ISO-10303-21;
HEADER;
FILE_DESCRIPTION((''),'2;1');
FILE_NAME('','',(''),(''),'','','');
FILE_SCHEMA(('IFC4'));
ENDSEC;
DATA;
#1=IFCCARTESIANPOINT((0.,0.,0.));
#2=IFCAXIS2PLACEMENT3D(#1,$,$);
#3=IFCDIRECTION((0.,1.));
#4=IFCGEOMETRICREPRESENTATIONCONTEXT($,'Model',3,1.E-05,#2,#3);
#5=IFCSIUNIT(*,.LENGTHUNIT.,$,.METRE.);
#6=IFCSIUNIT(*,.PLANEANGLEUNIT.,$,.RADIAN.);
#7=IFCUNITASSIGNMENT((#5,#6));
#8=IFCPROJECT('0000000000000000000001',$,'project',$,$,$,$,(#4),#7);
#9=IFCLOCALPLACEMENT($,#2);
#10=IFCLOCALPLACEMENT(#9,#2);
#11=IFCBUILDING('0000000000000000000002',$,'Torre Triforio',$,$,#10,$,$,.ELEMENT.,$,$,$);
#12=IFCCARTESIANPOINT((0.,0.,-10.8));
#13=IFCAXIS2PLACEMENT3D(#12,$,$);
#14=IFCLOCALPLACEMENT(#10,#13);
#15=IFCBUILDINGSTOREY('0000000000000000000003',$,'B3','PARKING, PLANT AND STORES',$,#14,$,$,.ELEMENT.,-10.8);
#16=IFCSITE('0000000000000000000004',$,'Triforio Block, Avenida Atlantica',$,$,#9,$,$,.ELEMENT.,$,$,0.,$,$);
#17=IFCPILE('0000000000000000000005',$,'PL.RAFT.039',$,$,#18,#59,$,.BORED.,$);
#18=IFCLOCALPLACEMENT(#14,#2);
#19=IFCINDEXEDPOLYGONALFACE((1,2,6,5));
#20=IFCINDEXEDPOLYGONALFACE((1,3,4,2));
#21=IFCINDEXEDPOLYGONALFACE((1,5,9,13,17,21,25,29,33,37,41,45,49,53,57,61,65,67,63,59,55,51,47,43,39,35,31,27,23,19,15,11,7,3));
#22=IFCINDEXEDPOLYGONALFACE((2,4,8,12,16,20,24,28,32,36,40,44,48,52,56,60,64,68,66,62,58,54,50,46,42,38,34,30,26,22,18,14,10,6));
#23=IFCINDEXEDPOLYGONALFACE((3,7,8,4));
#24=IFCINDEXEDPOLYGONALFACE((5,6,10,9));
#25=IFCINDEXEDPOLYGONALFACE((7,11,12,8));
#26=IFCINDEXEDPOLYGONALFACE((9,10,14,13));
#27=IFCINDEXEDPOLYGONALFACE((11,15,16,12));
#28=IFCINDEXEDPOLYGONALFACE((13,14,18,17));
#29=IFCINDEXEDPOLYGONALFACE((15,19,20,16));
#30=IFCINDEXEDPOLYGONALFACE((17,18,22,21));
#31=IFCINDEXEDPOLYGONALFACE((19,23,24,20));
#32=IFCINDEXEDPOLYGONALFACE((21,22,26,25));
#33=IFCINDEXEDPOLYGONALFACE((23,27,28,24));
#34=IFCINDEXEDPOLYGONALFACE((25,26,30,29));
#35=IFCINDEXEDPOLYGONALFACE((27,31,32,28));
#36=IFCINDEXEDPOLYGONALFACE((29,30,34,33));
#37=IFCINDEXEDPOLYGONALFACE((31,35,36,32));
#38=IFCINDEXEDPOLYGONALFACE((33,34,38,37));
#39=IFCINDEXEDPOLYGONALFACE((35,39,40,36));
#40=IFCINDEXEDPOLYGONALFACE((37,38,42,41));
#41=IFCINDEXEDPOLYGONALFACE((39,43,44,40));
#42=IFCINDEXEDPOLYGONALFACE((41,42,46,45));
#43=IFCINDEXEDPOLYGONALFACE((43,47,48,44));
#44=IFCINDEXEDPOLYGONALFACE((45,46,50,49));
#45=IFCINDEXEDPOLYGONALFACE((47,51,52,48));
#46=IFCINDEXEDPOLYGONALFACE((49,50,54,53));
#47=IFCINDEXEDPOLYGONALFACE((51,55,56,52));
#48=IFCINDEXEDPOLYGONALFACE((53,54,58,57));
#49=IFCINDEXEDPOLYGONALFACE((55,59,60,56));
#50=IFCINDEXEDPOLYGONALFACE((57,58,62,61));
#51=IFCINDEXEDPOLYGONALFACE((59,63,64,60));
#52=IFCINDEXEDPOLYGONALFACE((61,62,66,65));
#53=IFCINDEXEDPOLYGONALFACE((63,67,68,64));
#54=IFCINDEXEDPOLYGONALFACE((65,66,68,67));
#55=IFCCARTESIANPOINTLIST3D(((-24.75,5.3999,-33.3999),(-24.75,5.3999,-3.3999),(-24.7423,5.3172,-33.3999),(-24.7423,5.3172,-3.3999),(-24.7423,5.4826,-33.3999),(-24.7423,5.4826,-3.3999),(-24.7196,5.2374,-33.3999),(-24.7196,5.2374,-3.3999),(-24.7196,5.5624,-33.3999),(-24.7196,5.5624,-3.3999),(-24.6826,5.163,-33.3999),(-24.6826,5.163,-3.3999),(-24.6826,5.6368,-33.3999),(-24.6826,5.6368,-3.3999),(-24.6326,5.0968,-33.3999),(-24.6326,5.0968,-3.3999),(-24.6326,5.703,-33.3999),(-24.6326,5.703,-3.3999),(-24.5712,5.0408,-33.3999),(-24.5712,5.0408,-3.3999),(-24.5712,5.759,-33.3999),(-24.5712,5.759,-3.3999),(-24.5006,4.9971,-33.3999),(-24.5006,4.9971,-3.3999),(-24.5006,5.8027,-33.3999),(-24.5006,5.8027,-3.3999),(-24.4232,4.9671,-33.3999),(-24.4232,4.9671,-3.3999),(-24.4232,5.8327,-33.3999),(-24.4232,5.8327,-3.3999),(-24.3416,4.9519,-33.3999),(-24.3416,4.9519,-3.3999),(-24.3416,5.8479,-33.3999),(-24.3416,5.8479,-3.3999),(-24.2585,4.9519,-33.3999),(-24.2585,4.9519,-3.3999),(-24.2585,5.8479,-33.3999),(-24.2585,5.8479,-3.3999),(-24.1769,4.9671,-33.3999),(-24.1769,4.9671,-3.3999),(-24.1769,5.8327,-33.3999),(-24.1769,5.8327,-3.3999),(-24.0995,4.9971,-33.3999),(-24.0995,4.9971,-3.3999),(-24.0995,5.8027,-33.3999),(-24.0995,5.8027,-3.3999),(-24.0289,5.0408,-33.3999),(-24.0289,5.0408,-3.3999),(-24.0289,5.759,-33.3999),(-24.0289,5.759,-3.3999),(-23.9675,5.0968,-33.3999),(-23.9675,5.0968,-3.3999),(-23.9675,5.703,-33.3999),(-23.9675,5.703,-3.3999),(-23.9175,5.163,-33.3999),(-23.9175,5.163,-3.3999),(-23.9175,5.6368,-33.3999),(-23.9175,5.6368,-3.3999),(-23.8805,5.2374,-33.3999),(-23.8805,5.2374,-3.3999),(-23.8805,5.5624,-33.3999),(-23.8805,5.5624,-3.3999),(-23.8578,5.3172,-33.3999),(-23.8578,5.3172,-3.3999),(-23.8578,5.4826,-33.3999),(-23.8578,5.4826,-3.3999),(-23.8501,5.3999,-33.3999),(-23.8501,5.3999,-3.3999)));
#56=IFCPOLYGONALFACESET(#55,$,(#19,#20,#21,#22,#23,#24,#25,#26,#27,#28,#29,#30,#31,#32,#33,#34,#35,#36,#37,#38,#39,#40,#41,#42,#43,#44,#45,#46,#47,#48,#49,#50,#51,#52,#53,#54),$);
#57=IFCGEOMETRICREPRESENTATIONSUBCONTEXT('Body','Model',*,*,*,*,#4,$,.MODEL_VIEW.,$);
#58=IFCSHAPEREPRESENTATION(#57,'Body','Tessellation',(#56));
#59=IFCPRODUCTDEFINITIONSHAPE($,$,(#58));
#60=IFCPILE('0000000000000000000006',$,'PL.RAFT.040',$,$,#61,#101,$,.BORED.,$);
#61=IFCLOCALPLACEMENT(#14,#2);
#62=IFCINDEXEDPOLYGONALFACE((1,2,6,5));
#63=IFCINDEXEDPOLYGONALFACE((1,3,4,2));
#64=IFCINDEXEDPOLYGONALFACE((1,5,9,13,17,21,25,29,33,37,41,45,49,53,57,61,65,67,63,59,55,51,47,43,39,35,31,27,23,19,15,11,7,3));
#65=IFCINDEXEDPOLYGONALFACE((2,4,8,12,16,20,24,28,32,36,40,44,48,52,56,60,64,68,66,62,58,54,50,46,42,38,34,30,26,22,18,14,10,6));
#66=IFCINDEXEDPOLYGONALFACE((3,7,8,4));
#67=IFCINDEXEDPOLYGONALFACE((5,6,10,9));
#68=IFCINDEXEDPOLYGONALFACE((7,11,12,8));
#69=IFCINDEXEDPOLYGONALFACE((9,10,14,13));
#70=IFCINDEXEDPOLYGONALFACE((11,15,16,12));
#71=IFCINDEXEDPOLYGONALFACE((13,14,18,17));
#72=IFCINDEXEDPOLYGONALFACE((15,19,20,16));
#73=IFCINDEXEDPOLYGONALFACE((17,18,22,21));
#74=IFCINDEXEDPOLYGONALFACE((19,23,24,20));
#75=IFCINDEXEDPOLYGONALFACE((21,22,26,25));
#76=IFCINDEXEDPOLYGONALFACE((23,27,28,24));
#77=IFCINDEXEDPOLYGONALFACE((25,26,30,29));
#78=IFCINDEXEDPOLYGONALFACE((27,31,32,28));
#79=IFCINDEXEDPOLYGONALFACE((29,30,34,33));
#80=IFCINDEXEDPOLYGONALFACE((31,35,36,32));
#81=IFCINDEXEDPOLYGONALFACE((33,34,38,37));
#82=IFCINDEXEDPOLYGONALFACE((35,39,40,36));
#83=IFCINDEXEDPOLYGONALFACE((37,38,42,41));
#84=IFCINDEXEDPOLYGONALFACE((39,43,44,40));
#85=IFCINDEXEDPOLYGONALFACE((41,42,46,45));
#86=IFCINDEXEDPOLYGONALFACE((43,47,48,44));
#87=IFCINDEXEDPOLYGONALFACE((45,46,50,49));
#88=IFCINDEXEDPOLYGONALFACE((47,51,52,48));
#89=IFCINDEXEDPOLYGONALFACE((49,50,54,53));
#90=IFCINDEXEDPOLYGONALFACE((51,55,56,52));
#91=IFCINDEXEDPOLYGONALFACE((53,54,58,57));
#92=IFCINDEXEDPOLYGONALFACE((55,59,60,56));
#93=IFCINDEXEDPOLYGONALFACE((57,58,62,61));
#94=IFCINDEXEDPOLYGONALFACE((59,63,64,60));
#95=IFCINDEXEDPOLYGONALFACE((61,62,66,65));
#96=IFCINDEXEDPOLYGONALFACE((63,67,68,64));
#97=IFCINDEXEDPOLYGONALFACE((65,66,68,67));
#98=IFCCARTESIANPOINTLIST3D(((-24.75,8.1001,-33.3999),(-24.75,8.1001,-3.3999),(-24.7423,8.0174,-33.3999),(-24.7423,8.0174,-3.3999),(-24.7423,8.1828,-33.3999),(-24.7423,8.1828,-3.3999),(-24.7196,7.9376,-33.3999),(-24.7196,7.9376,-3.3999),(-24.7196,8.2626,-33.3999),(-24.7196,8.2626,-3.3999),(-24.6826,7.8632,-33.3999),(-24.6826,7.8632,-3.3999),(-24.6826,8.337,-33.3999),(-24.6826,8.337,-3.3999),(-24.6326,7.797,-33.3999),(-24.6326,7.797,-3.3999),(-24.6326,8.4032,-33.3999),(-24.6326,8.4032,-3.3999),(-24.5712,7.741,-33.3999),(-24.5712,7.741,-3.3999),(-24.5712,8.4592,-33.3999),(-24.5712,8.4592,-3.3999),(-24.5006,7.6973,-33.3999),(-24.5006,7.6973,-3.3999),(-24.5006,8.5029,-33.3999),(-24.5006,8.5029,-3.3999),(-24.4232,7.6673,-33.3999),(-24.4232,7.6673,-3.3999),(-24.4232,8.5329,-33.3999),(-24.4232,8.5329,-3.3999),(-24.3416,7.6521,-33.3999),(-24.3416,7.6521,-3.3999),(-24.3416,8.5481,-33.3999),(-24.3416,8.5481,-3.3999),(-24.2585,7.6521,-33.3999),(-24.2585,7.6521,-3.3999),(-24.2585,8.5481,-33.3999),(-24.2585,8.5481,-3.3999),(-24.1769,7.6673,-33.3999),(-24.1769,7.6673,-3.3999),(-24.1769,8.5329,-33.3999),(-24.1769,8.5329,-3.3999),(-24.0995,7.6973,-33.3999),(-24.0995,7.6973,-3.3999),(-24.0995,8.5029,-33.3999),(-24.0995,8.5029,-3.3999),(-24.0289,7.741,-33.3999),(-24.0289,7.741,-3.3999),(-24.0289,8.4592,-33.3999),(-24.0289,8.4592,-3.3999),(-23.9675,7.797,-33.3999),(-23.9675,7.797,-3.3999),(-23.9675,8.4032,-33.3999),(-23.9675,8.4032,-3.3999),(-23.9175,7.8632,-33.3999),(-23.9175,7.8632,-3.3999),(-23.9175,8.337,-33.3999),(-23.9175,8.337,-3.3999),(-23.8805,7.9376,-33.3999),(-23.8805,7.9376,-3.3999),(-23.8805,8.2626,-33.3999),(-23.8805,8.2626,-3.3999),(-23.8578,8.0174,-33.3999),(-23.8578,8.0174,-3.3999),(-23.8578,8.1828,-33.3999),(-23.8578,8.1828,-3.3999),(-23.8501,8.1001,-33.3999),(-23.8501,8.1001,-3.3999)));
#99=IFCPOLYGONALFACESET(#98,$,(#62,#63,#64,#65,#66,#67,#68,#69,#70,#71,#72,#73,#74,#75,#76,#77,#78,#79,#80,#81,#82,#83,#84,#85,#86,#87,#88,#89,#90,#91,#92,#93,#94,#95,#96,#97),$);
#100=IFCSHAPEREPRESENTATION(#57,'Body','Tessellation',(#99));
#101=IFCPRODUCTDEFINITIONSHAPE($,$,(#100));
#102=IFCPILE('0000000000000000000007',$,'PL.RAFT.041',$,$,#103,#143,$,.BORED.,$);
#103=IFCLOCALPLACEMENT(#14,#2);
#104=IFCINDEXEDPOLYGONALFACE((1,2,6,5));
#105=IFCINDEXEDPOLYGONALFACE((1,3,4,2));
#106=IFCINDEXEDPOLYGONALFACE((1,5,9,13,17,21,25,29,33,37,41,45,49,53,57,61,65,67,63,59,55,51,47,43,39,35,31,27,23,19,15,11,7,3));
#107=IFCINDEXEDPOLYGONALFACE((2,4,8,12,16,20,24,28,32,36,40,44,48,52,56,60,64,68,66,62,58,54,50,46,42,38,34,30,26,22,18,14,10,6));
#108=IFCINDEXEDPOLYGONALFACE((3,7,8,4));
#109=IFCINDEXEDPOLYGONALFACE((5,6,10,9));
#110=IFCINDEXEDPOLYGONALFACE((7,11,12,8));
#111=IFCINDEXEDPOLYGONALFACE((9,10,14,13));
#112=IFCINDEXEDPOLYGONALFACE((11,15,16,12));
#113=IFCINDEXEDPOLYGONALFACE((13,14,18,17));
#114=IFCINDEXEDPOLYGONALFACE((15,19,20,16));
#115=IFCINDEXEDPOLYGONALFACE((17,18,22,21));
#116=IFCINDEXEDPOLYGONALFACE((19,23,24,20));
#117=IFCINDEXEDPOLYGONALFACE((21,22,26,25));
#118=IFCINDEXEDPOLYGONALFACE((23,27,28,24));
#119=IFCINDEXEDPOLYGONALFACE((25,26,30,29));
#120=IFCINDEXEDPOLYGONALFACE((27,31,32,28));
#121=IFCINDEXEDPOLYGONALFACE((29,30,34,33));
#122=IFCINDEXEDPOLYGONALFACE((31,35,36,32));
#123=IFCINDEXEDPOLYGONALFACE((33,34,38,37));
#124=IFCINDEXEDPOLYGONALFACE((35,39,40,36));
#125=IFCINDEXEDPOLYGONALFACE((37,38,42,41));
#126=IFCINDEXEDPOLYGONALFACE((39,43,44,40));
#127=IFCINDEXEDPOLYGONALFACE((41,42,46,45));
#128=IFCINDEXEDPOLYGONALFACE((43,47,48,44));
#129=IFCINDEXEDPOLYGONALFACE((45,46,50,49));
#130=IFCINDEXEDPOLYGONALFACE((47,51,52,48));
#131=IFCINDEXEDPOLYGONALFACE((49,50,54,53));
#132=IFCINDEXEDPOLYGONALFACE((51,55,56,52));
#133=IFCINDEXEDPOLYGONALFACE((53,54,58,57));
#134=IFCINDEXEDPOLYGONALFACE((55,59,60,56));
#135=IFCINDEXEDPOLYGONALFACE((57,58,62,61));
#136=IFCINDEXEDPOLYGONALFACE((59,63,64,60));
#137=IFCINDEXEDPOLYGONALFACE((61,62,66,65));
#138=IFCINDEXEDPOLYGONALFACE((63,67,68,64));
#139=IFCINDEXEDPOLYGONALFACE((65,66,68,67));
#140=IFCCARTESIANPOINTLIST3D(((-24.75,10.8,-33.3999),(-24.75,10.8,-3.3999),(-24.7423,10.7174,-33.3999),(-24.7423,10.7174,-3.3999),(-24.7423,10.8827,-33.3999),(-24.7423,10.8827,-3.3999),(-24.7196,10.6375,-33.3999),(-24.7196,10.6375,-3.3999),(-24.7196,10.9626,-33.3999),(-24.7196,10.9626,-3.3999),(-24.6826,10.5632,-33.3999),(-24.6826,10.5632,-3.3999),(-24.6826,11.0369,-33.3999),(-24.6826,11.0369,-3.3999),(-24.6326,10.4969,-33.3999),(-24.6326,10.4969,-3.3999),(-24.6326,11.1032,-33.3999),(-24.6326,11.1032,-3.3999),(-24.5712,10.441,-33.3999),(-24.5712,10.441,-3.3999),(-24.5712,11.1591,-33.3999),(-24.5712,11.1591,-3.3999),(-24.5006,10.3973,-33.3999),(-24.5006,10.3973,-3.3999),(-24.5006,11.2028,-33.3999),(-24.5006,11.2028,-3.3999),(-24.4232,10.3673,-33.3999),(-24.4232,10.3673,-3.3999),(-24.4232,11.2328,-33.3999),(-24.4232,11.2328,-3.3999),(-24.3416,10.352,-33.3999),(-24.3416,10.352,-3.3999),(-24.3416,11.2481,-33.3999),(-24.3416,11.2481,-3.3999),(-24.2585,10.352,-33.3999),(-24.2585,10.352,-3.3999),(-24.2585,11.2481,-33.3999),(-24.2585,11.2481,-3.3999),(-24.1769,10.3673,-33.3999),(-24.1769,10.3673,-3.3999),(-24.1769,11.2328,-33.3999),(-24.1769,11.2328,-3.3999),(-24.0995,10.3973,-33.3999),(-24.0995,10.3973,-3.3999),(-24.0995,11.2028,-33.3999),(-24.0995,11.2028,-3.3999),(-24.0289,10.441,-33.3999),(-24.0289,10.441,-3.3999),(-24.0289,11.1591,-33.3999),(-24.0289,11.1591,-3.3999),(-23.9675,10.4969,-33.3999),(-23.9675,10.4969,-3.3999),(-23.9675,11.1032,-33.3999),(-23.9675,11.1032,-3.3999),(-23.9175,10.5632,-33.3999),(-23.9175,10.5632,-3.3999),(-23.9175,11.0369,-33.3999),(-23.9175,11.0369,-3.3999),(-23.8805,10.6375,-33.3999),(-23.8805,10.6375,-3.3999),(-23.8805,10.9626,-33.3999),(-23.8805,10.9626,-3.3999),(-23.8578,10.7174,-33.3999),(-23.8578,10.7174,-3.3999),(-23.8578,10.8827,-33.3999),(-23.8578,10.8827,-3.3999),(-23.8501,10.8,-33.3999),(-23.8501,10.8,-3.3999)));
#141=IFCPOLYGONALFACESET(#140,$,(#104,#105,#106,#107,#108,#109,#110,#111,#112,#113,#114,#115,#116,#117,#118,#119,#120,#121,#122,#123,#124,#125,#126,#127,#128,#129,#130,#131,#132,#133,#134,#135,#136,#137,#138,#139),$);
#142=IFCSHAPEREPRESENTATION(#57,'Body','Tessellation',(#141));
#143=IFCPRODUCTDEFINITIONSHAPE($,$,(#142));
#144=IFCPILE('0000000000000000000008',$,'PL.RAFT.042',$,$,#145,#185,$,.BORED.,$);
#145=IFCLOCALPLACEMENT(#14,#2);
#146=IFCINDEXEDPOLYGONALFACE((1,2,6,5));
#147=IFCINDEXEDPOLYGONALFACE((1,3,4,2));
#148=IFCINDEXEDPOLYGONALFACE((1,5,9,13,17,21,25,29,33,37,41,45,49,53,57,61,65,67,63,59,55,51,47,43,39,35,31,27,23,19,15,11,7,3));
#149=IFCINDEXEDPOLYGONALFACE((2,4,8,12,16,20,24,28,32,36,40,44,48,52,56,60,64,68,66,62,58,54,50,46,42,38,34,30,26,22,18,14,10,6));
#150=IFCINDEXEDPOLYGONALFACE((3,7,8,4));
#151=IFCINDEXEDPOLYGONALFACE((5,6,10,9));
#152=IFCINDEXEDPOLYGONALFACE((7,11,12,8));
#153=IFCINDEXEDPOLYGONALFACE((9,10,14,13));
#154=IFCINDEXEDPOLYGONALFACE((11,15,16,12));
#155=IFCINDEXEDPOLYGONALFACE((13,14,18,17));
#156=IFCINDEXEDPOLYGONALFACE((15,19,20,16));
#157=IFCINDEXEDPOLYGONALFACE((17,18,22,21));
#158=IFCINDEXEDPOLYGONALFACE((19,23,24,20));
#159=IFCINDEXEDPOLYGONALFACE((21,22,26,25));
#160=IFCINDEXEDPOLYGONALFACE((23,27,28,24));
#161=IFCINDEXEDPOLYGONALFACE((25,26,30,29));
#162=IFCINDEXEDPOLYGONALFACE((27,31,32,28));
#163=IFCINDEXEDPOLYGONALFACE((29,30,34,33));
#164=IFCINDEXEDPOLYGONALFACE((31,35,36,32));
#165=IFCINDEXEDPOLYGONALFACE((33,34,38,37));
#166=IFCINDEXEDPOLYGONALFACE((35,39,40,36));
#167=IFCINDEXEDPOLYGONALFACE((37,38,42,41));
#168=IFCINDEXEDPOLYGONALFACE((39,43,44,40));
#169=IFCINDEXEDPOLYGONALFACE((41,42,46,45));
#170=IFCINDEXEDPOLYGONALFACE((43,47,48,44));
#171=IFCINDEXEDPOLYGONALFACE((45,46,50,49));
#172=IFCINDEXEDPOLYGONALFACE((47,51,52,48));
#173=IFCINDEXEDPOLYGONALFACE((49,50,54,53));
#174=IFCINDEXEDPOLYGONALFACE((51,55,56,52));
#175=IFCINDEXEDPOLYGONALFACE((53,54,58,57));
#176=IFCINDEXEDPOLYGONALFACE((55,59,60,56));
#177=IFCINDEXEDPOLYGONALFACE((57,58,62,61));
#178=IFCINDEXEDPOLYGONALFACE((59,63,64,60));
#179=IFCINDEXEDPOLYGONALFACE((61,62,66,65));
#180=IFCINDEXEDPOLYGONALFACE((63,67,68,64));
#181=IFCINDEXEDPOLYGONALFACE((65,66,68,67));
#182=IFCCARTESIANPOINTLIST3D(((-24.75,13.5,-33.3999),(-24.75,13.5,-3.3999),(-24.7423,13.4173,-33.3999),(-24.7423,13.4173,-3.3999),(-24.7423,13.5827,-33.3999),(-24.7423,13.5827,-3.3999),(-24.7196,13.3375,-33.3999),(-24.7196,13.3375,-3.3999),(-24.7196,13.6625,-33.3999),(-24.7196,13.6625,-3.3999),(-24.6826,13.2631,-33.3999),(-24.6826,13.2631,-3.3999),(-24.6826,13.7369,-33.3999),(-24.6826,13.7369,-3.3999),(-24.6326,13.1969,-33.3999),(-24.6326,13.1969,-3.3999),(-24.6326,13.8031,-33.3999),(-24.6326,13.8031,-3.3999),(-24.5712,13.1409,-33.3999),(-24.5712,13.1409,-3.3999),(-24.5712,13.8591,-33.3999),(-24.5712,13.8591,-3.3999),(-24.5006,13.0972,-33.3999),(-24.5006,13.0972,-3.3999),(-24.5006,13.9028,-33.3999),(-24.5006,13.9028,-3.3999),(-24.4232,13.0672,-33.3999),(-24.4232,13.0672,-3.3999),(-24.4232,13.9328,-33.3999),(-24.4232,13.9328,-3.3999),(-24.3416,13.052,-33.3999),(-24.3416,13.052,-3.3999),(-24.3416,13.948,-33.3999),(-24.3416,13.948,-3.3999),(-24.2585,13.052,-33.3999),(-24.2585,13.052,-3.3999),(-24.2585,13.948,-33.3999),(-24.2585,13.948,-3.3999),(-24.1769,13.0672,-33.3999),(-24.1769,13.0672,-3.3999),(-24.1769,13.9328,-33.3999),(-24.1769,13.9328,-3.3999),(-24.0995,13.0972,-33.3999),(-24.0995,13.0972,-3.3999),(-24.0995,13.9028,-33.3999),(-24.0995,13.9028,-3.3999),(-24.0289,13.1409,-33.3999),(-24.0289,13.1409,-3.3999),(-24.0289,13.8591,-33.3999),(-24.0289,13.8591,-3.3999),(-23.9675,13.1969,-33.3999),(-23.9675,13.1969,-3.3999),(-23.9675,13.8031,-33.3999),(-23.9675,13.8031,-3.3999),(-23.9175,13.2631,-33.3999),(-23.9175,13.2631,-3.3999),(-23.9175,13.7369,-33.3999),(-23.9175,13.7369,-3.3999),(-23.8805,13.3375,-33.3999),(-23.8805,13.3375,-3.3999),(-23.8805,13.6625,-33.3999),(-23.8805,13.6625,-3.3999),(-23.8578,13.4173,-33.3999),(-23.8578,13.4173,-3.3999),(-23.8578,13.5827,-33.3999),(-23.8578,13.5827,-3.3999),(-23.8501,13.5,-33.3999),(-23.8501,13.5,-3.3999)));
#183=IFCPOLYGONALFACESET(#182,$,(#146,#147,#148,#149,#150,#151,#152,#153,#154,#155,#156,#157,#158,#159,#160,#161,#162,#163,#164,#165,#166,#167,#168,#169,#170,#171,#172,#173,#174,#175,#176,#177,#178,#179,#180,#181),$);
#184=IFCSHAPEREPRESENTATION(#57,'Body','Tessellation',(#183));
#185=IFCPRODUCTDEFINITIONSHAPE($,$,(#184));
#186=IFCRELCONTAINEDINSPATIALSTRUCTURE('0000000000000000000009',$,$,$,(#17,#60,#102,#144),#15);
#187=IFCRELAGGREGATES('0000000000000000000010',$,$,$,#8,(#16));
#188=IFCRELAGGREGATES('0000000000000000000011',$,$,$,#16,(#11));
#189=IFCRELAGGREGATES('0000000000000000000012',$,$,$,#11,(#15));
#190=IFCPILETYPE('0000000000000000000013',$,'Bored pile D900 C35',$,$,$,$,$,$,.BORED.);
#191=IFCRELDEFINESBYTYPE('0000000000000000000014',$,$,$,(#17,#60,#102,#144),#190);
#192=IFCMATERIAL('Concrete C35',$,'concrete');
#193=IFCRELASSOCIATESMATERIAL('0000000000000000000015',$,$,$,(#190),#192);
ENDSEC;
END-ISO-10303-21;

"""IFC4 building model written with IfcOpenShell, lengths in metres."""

from ifc_helpers import new_model, si_unit, direction, frame, origin, origin_2d, place, context, subcontext, project, spatial, circle, extrude, material, material_profile, profile_set, type_object, element, save


model = new_model("IFC4")

# Units and contexts
model_context = context("Model", 3, precision=1e-05, world=origin(), true_north=direction((0.0, 1.0)))
body_context = subcontext(model_context, "Body", "Model", "MODEL_VIEW")
ifc_project = project(units=[si_unit("LENGTHUNIT", "METRE"), si_unit("PLANEANGLEUNIT", "RADIAN")], contexts=[model_context])

# Site, building, storey
site_placement = place(None, origin())
site = spatial("IfcSite", under=ifc_project, at=site_placement, Name="Triforio Block, Avenida Atlantica", CompositionType="ELEMENT", RefElevation=0.0)
building_placement = place(site_placement, origin())
building = spatial("IfcBuilding", under=site, at=building_placement, Name="Torre Triforio", CompositionType="ELEMENT")
storey_placement = place(building_placement, frame((0.0, 0.0, -10.8)))
storey = spatial("IfcBuildingStorey", under=building, at=storey_placement, Name="B3", Description="PARKING, PLANT AND STORES", CompositionType="ELEMENT", Elevation=-10.8)

# Piles
ifc_material_1 = material(Name="Concrete C35", Category="concrete")
ifc_material_profile_1 = material_profile(ifc_material_1, circle(Radius=0.45, at=origin_2d()), Name="RC D900")
ifc_profile_set_1 = profile_set([ifc_material_profile_1], Name="Concrete C35")
pile_type = type_object("IfcPileType", Name="Bored pile D900 C35", PredefinedType="BORED", material=ifc_profile_set_1)
for number, where, z_axis, x_axis, name in (
    (1, (-24.3, 5.3999, -3.3999), (0.0, 0.0, -1.0), (1.0, 0.0, 0.0), "PL.RAFT.039"),
    (2, (-24.3, 8.1001, -3.3999), (0.0, 0.0, -1.0), (1.0, 0.0, 0.0), "PL.RAFT.040"),
    (3, (-24.3, 10.8, -3.3999), (0.0, 0.0, -1.0), (1.0, 0.0, 0.0), "PL.RAFT.041"),
    (4, (-24.3, 13.5, -3.3999), (0.0, 0.0, -1.0), (1.0, 0.0, 0.0), "PL.RAFT.042"),
):
    element("IfcPile", number, at=place(storey_placement, frame(where, z_axis=z_axis, x_axis=x_axis)), inside=storey, type_object=pile_type, Name=name, PredefinedType="BORED", context=body_context, shape_type="SweptSolid", body=[
        extrude(circle(Radius=0.45, at=origin_2d()), origin(), (0.0, 0.0, 1.0), 30.0),
    ])

save(model, "model.ifc")
